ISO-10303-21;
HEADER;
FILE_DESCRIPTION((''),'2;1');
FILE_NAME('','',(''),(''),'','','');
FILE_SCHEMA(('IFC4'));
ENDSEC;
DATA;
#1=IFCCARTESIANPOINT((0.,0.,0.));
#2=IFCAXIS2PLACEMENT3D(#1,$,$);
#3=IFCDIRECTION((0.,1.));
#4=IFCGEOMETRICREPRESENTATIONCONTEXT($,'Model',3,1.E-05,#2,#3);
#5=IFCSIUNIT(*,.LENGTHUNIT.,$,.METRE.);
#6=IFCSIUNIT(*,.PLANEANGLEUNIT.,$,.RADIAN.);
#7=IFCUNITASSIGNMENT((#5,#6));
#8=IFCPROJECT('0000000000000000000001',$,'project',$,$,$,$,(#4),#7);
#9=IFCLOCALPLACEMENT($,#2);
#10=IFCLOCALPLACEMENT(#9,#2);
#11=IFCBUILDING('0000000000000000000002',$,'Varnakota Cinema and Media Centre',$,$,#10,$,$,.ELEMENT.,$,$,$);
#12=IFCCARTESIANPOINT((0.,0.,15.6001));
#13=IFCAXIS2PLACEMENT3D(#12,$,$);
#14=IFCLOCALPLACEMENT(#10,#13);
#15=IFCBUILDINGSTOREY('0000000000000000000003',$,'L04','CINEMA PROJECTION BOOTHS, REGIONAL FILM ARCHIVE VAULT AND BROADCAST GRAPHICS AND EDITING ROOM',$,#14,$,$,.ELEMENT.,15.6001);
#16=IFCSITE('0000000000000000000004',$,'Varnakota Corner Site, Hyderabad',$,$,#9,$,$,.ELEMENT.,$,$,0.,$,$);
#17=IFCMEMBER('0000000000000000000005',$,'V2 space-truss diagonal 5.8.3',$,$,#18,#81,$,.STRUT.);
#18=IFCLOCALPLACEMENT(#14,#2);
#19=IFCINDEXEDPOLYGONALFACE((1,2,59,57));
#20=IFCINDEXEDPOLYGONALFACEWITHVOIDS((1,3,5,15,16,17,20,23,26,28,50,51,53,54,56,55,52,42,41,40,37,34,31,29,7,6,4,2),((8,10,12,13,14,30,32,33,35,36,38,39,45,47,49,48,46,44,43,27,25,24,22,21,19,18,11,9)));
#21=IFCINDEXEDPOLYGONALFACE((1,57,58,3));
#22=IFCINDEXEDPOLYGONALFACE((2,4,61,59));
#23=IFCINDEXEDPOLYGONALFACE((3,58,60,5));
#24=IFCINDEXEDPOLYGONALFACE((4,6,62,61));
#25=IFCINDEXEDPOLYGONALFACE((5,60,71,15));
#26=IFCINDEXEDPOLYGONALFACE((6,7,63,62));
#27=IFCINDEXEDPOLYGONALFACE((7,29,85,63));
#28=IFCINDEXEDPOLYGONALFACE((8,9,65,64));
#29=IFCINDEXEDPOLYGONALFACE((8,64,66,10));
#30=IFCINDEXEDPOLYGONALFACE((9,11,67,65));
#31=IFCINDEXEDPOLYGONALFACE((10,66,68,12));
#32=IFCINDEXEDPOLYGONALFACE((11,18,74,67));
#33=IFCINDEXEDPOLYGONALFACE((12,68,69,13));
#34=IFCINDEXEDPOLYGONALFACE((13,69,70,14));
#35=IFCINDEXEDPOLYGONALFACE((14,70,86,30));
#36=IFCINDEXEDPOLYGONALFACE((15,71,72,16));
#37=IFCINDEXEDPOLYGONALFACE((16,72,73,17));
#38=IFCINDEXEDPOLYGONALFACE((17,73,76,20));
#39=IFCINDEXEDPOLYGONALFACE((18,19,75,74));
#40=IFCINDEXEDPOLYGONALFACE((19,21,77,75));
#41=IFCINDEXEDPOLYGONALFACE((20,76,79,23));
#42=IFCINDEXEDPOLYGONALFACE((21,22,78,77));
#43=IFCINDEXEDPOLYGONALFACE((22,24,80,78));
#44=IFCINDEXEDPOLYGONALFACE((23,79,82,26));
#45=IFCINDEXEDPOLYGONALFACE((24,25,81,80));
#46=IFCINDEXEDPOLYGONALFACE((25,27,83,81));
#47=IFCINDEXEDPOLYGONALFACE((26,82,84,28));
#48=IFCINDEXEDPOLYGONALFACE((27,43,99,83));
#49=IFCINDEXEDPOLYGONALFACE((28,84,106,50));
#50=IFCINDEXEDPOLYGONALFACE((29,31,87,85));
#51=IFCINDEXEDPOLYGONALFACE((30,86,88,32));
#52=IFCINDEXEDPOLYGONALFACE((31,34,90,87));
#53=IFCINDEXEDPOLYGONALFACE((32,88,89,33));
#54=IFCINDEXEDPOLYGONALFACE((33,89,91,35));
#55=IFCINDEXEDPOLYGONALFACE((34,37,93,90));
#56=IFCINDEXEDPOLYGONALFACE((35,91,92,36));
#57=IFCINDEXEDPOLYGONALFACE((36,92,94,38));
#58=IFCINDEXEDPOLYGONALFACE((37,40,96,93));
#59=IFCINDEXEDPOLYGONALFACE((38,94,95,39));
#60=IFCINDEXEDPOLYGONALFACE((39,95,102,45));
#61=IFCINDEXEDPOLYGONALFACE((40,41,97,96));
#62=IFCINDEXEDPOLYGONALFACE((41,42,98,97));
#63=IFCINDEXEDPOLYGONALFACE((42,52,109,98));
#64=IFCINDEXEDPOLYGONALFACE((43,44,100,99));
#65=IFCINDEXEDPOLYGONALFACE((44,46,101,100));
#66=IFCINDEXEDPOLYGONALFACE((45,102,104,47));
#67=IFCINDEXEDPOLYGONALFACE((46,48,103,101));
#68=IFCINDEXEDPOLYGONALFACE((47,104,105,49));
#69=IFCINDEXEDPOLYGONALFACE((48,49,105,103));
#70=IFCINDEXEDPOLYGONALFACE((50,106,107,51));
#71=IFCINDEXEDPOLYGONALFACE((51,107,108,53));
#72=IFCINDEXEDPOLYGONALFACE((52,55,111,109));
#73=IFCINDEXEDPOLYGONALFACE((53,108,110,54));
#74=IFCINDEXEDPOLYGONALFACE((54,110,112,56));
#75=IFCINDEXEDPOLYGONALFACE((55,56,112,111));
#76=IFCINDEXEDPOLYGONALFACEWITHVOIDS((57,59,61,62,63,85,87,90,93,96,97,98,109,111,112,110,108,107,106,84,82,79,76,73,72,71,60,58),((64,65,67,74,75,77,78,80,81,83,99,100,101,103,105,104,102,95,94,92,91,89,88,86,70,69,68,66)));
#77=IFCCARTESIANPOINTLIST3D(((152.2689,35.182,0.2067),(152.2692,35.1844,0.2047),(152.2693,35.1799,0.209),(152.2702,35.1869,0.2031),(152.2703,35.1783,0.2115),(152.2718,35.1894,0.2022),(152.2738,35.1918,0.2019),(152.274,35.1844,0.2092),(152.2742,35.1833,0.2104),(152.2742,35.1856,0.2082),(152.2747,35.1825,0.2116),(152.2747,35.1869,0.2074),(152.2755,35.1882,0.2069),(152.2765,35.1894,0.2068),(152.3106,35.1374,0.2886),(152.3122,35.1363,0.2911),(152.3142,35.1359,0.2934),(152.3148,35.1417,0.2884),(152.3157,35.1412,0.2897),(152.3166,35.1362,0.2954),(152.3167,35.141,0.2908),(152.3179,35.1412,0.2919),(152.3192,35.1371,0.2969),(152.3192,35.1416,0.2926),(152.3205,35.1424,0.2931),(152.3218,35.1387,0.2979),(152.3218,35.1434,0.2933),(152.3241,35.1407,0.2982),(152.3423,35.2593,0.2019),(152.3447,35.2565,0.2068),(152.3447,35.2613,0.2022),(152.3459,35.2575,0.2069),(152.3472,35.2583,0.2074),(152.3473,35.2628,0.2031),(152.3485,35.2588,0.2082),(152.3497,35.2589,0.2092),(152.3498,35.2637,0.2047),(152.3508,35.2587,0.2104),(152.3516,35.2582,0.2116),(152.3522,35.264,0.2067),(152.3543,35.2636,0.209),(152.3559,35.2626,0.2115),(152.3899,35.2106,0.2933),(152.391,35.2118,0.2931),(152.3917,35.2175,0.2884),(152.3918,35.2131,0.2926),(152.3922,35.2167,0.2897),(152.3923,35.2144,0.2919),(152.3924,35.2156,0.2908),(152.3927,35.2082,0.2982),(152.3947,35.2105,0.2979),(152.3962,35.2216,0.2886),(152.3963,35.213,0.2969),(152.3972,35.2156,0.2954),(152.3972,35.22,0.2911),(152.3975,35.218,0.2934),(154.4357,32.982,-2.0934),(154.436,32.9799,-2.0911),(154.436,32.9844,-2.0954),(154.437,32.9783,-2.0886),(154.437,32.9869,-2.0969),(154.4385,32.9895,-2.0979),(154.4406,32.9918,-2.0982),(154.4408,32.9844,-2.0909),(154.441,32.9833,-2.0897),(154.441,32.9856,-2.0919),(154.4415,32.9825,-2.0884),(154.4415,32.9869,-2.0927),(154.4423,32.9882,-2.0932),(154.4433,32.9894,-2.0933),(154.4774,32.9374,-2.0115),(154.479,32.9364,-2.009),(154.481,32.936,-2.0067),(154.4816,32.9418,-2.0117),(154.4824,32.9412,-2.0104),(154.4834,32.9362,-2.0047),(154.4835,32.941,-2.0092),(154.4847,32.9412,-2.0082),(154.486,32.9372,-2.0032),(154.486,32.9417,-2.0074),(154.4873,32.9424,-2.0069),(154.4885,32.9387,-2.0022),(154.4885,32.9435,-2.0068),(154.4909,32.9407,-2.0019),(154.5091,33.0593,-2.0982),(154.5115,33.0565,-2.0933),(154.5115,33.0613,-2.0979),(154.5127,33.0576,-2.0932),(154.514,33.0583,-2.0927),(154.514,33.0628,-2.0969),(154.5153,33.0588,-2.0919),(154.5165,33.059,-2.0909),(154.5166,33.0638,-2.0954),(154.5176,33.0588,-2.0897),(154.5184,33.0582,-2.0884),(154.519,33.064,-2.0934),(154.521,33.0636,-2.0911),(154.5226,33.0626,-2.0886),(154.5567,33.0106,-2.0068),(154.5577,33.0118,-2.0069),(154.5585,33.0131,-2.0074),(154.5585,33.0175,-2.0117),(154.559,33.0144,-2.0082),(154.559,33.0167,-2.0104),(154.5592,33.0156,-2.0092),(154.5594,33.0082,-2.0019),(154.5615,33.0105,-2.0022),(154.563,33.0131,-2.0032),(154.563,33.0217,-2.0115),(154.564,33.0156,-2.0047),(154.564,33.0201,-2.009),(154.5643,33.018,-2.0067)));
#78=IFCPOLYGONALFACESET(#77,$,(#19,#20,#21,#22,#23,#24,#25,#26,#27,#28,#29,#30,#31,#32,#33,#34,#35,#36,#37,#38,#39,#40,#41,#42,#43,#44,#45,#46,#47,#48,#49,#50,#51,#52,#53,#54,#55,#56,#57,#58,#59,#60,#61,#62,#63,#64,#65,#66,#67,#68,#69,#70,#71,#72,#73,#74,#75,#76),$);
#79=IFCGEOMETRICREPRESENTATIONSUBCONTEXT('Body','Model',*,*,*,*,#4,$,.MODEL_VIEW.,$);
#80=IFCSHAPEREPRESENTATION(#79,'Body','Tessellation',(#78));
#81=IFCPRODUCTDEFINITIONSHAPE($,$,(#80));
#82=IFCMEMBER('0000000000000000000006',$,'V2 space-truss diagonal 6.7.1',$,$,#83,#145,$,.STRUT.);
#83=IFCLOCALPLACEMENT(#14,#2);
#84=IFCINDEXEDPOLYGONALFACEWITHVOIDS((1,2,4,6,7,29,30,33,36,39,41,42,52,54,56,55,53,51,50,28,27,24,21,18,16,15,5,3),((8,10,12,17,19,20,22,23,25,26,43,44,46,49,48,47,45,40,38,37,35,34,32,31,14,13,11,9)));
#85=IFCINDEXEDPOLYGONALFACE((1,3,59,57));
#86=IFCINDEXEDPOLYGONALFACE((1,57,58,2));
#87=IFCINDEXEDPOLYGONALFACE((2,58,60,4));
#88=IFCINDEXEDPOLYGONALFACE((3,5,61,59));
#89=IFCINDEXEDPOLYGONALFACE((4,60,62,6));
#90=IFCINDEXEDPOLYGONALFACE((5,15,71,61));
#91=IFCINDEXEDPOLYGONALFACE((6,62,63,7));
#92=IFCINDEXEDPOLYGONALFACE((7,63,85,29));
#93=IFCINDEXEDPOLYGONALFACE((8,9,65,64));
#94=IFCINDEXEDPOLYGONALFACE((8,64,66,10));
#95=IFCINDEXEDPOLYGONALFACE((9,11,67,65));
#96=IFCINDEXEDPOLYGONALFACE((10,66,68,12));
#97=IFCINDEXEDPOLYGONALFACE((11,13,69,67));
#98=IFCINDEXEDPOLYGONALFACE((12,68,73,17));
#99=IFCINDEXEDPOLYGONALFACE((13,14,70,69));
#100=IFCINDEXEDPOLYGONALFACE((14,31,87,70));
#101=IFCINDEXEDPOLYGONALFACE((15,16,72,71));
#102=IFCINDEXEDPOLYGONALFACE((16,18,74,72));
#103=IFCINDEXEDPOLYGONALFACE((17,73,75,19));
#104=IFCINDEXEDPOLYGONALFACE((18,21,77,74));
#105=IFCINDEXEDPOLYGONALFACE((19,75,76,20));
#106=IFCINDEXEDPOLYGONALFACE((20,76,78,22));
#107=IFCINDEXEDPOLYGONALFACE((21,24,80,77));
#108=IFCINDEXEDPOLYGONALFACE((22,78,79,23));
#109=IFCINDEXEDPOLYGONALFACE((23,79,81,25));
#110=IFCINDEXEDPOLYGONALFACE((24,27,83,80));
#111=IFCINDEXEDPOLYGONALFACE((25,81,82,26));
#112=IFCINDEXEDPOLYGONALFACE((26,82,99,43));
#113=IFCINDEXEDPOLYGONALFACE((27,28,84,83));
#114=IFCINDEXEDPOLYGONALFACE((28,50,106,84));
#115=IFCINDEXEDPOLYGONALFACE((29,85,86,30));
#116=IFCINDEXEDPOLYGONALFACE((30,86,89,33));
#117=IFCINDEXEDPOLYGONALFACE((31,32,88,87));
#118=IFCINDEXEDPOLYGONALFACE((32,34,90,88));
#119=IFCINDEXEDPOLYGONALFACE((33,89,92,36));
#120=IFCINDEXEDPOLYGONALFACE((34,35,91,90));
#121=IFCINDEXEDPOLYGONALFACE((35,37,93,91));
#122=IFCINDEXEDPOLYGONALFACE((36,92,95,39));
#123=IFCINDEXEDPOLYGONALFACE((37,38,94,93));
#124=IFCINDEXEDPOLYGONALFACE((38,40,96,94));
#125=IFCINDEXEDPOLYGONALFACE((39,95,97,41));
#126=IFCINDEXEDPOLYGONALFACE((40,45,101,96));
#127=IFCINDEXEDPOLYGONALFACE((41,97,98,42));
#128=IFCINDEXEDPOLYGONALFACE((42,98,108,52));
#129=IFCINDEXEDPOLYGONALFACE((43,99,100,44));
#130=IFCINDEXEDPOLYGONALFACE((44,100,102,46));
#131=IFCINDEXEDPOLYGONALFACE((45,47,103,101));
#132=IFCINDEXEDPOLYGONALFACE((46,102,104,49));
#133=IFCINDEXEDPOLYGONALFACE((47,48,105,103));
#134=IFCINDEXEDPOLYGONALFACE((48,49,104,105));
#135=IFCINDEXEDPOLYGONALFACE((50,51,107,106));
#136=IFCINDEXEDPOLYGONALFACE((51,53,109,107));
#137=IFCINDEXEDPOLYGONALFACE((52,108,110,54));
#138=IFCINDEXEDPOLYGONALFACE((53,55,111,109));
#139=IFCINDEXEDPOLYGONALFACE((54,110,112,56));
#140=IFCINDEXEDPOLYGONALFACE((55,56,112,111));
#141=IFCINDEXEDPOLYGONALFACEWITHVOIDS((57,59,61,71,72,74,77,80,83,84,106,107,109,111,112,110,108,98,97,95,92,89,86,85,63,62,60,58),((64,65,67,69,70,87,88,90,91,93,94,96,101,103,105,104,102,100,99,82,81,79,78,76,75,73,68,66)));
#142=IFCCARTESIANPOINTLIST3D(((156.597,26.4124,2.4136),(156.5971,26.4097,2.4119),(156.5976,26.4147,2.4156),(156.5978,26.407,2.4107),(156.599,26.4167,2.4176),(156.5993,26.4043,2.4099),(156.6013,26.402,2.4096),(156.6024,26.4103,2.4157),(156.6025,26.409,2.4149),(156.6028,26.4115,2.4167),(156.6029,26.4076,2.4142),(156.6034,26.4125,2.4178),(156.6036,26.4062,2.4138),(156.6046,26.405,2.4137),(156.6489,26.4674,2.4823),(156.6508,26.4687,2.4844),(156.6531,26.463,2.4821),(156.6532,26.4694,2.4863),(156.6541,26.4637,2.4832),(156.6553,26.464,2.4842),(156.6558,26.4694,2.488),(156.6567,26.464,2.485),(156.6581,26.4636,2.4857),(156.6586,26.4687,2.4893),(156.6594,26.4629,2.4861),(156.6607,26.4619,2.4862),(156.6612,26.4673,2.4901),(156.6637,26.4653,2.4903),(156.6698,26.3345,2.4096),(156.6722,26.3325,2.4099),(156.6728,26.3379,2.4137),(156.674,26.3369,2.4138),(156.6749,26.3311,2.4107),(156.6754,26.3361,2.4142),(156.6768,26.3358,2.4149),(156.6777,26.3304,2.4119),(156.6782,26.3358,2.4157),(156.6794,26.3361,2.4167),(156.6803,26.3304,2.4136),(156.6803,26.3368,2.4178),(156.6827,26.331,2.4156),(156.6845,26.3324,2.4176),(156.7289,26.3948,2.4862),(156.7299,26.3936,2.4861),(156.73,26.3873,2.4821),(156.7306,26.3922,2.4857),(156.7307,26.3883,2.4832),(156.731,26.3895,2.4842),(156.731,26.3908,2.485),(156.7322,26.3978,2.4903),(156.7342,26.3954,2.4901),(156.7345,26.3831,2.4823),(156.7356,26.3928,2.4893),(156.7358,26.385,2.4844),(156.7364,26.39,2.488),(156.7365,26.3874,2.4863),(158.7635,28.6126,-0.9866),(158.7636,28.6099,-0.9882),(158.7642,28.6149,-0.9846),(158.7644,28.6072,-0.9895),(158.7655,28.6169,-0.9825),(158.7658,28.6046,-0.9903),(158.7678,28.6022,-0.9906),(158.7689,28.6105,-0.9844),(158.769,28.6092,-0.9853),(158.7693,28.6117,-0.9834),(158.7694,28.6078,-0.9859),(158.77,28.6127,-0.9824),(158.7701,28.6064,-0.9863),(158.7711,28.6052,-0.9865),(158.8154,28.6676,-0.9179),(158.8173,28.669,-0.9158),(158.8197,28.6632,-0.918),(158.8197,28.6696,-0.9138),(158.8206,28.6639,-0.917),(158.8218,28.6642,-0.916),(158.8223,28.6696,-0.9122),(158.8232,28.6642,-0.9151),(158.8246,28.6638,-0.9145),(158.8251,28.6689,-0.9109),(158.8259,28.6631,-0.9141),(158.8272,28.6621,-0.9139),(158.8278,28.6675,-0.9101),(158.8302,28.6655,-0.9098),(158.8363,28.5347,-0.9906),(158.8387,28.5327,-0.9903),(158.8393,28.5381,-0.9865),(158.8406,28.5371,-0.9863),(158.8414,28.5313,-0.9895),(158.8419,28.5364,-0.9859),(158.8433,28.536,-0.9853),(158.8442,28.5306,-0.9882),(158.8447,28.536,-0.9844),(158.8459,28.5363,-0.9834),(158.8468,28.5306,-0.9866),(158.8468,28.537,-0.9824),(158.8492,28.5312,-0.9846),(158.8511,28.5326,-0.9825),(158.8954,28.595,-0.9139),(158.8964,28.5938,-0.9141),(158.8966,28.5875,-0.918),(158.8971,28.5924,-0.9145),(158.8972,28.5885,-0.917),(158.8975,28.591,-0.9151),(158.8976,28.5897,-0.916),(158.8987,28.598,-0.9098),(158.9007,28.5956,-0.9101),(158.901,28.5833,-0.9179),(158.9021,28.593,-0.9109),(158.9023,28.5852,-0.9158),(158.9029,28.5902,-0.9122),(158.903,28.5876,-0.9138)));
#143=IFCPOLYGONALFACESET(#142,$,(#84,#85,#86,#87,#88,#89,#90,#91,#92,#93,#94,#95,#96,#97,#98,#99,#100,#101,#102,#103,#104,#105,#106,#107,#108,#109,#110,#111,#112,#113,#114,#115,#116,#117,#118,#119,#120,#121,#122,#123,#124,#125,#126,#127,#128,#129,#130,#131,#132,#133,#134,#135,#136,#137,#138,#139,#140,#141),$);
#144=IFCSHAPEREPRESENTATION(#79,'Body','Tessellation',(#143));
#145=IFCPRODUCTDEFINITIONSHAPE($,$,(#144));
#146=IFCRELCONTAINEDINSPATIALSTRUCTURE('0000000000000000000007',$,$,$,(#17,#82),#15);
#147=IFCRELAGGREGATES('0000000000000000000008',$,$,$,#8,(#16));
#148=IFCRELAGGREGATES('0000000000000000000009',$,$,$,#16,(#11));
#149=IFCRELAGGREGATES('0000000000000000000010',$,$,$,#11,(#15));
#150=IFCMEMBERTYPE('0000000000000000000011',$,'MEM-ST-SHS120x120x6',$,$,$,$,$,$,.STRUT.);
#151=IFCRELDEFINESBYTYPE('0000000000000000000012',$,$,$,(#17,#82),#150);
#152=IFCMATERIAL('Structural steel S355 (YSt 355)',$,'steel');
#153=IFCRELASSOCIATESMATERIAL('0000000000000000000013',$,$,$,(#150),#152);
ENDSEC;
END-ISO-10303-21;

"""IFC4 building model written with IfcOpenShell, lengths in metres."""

from ifc_helpers import new_model, si_unit, direction, frame, origin, origin_2d, place, context, subcontext, project, spatial, hollow_rectangle, extrude, material, material_profile, profile_set, type_object, element, save


model = new_model("IFC4")

# Units and contexts
model_context = context("Model", 3, precision=1e-05, world=origin(), true_north=direction((0.0, 1.0)))
body_context = subcontext(model_context, "Body", "Model", "MODEL_VIEW")
ifc_project = project(units=[si_unit("LENGTHUNIT", "METRE"), si_unit("PLANEANGLEUNIT", "RADIAN")], contexts=[model_context])

# Site, building, storey
site_placement = place(None, origin())
site = spatial("IfcSite", under=ifc_project, at=site_placement, Name="Varnakota Corner Site, Hyderabad", CompositionType="ELEMENT", RefElevation=0.0)
building_placement = place(site_placement, origin())
building = spatial("IfcBuilding", under=site, at=building_placement, Name="Varnakota Cinema and Media Centre", CompositionType="ELEMENT")
storey_placement = place(building_placement, frame((0.0, 0.0, 15.6001)))
storey = spatial("IfcBuildingStorey", under=building, at=storey_placement, Name="L04", Description="CINEMA PROJECTION BOOTHS, REGIONAL FILM ARCHIVE VAULT AND BROADCAST GRAPHICS AND EDITING ROOM", CompositionType="ELEMENT", Elevation=15.6001)

# Members
ifc_material_1 = material(Name="Structural steel S355 (YSt 355)", Category="steel")
ifc_material_profile_1 = material_profile(ifc_material_1, hollow_rectangle(XDim=0.1201, YDim=0.1201, WallThickness=0.0061, InnerFilletRadius=0.0061, OuterFilletRadius=0.012, at=origin_2d()), Name="SHS 120x120x6")
ifc_profile_set_1 = profile_set([ifc_material_profile_1], Name="Structural steel S355 (YSt 355)")
member_type_1 = type_object("IfcMemberType", Name="MEM-ST-SHS120x120x6", PredefinedType="STRUT", material=ifc_profile_set_1)
member_1_placement = place(storey_placement, frame((154.5, 33.0, -2.05), z_axis=(-0.562748, 0.571371, 0.597369), x_axis=(-0.712463, -0.70171, 0.0)))
element("IfcMember", 1, at=member_1_placement, inside=storey, type_object=member_type_1, Name="V2 space-truss diagonal 5.8.3", PredefinedType="STRUT", context=body_context, shape_type="SweptSolid", body=[
    extrude(hollow_rectangle(XDim=0.1201, YDim=0.1201, WallThickness=0.0061, InnerFilletRadius=0.0061, OuterFilletRadius=0.012, at=origin_2d()), origin(), (0.0, 0.0, 1.0), 3.8503),
])
member_2_placement = place(storey_placement, frame((158.8333, 28.6001, -0.9502), z_axis=(-0.471698, -0.479033, 0.74029), x_axis=(0.712541, -0.70163, 0.0)))
element("IfcMember", 2, at=member_2_placement, inside=storey, type_object=member_type_1, Name="V2 space-truss diagonal 6.7.1", PredefinedType="STRUT", context=body_context, shape_type="SweptSolid", body=[
    extrude(hollow_rectangle(XDim=0.1201, YDim=0.1201, WallThickness=0.0061, InnerFilletRadius=0.0061, OuterFilletRadius=0.012, at=origin_2d()), origin(), (0.0, 0.0, 1.0), 4.593),
])

save(model, "model.ifc")
